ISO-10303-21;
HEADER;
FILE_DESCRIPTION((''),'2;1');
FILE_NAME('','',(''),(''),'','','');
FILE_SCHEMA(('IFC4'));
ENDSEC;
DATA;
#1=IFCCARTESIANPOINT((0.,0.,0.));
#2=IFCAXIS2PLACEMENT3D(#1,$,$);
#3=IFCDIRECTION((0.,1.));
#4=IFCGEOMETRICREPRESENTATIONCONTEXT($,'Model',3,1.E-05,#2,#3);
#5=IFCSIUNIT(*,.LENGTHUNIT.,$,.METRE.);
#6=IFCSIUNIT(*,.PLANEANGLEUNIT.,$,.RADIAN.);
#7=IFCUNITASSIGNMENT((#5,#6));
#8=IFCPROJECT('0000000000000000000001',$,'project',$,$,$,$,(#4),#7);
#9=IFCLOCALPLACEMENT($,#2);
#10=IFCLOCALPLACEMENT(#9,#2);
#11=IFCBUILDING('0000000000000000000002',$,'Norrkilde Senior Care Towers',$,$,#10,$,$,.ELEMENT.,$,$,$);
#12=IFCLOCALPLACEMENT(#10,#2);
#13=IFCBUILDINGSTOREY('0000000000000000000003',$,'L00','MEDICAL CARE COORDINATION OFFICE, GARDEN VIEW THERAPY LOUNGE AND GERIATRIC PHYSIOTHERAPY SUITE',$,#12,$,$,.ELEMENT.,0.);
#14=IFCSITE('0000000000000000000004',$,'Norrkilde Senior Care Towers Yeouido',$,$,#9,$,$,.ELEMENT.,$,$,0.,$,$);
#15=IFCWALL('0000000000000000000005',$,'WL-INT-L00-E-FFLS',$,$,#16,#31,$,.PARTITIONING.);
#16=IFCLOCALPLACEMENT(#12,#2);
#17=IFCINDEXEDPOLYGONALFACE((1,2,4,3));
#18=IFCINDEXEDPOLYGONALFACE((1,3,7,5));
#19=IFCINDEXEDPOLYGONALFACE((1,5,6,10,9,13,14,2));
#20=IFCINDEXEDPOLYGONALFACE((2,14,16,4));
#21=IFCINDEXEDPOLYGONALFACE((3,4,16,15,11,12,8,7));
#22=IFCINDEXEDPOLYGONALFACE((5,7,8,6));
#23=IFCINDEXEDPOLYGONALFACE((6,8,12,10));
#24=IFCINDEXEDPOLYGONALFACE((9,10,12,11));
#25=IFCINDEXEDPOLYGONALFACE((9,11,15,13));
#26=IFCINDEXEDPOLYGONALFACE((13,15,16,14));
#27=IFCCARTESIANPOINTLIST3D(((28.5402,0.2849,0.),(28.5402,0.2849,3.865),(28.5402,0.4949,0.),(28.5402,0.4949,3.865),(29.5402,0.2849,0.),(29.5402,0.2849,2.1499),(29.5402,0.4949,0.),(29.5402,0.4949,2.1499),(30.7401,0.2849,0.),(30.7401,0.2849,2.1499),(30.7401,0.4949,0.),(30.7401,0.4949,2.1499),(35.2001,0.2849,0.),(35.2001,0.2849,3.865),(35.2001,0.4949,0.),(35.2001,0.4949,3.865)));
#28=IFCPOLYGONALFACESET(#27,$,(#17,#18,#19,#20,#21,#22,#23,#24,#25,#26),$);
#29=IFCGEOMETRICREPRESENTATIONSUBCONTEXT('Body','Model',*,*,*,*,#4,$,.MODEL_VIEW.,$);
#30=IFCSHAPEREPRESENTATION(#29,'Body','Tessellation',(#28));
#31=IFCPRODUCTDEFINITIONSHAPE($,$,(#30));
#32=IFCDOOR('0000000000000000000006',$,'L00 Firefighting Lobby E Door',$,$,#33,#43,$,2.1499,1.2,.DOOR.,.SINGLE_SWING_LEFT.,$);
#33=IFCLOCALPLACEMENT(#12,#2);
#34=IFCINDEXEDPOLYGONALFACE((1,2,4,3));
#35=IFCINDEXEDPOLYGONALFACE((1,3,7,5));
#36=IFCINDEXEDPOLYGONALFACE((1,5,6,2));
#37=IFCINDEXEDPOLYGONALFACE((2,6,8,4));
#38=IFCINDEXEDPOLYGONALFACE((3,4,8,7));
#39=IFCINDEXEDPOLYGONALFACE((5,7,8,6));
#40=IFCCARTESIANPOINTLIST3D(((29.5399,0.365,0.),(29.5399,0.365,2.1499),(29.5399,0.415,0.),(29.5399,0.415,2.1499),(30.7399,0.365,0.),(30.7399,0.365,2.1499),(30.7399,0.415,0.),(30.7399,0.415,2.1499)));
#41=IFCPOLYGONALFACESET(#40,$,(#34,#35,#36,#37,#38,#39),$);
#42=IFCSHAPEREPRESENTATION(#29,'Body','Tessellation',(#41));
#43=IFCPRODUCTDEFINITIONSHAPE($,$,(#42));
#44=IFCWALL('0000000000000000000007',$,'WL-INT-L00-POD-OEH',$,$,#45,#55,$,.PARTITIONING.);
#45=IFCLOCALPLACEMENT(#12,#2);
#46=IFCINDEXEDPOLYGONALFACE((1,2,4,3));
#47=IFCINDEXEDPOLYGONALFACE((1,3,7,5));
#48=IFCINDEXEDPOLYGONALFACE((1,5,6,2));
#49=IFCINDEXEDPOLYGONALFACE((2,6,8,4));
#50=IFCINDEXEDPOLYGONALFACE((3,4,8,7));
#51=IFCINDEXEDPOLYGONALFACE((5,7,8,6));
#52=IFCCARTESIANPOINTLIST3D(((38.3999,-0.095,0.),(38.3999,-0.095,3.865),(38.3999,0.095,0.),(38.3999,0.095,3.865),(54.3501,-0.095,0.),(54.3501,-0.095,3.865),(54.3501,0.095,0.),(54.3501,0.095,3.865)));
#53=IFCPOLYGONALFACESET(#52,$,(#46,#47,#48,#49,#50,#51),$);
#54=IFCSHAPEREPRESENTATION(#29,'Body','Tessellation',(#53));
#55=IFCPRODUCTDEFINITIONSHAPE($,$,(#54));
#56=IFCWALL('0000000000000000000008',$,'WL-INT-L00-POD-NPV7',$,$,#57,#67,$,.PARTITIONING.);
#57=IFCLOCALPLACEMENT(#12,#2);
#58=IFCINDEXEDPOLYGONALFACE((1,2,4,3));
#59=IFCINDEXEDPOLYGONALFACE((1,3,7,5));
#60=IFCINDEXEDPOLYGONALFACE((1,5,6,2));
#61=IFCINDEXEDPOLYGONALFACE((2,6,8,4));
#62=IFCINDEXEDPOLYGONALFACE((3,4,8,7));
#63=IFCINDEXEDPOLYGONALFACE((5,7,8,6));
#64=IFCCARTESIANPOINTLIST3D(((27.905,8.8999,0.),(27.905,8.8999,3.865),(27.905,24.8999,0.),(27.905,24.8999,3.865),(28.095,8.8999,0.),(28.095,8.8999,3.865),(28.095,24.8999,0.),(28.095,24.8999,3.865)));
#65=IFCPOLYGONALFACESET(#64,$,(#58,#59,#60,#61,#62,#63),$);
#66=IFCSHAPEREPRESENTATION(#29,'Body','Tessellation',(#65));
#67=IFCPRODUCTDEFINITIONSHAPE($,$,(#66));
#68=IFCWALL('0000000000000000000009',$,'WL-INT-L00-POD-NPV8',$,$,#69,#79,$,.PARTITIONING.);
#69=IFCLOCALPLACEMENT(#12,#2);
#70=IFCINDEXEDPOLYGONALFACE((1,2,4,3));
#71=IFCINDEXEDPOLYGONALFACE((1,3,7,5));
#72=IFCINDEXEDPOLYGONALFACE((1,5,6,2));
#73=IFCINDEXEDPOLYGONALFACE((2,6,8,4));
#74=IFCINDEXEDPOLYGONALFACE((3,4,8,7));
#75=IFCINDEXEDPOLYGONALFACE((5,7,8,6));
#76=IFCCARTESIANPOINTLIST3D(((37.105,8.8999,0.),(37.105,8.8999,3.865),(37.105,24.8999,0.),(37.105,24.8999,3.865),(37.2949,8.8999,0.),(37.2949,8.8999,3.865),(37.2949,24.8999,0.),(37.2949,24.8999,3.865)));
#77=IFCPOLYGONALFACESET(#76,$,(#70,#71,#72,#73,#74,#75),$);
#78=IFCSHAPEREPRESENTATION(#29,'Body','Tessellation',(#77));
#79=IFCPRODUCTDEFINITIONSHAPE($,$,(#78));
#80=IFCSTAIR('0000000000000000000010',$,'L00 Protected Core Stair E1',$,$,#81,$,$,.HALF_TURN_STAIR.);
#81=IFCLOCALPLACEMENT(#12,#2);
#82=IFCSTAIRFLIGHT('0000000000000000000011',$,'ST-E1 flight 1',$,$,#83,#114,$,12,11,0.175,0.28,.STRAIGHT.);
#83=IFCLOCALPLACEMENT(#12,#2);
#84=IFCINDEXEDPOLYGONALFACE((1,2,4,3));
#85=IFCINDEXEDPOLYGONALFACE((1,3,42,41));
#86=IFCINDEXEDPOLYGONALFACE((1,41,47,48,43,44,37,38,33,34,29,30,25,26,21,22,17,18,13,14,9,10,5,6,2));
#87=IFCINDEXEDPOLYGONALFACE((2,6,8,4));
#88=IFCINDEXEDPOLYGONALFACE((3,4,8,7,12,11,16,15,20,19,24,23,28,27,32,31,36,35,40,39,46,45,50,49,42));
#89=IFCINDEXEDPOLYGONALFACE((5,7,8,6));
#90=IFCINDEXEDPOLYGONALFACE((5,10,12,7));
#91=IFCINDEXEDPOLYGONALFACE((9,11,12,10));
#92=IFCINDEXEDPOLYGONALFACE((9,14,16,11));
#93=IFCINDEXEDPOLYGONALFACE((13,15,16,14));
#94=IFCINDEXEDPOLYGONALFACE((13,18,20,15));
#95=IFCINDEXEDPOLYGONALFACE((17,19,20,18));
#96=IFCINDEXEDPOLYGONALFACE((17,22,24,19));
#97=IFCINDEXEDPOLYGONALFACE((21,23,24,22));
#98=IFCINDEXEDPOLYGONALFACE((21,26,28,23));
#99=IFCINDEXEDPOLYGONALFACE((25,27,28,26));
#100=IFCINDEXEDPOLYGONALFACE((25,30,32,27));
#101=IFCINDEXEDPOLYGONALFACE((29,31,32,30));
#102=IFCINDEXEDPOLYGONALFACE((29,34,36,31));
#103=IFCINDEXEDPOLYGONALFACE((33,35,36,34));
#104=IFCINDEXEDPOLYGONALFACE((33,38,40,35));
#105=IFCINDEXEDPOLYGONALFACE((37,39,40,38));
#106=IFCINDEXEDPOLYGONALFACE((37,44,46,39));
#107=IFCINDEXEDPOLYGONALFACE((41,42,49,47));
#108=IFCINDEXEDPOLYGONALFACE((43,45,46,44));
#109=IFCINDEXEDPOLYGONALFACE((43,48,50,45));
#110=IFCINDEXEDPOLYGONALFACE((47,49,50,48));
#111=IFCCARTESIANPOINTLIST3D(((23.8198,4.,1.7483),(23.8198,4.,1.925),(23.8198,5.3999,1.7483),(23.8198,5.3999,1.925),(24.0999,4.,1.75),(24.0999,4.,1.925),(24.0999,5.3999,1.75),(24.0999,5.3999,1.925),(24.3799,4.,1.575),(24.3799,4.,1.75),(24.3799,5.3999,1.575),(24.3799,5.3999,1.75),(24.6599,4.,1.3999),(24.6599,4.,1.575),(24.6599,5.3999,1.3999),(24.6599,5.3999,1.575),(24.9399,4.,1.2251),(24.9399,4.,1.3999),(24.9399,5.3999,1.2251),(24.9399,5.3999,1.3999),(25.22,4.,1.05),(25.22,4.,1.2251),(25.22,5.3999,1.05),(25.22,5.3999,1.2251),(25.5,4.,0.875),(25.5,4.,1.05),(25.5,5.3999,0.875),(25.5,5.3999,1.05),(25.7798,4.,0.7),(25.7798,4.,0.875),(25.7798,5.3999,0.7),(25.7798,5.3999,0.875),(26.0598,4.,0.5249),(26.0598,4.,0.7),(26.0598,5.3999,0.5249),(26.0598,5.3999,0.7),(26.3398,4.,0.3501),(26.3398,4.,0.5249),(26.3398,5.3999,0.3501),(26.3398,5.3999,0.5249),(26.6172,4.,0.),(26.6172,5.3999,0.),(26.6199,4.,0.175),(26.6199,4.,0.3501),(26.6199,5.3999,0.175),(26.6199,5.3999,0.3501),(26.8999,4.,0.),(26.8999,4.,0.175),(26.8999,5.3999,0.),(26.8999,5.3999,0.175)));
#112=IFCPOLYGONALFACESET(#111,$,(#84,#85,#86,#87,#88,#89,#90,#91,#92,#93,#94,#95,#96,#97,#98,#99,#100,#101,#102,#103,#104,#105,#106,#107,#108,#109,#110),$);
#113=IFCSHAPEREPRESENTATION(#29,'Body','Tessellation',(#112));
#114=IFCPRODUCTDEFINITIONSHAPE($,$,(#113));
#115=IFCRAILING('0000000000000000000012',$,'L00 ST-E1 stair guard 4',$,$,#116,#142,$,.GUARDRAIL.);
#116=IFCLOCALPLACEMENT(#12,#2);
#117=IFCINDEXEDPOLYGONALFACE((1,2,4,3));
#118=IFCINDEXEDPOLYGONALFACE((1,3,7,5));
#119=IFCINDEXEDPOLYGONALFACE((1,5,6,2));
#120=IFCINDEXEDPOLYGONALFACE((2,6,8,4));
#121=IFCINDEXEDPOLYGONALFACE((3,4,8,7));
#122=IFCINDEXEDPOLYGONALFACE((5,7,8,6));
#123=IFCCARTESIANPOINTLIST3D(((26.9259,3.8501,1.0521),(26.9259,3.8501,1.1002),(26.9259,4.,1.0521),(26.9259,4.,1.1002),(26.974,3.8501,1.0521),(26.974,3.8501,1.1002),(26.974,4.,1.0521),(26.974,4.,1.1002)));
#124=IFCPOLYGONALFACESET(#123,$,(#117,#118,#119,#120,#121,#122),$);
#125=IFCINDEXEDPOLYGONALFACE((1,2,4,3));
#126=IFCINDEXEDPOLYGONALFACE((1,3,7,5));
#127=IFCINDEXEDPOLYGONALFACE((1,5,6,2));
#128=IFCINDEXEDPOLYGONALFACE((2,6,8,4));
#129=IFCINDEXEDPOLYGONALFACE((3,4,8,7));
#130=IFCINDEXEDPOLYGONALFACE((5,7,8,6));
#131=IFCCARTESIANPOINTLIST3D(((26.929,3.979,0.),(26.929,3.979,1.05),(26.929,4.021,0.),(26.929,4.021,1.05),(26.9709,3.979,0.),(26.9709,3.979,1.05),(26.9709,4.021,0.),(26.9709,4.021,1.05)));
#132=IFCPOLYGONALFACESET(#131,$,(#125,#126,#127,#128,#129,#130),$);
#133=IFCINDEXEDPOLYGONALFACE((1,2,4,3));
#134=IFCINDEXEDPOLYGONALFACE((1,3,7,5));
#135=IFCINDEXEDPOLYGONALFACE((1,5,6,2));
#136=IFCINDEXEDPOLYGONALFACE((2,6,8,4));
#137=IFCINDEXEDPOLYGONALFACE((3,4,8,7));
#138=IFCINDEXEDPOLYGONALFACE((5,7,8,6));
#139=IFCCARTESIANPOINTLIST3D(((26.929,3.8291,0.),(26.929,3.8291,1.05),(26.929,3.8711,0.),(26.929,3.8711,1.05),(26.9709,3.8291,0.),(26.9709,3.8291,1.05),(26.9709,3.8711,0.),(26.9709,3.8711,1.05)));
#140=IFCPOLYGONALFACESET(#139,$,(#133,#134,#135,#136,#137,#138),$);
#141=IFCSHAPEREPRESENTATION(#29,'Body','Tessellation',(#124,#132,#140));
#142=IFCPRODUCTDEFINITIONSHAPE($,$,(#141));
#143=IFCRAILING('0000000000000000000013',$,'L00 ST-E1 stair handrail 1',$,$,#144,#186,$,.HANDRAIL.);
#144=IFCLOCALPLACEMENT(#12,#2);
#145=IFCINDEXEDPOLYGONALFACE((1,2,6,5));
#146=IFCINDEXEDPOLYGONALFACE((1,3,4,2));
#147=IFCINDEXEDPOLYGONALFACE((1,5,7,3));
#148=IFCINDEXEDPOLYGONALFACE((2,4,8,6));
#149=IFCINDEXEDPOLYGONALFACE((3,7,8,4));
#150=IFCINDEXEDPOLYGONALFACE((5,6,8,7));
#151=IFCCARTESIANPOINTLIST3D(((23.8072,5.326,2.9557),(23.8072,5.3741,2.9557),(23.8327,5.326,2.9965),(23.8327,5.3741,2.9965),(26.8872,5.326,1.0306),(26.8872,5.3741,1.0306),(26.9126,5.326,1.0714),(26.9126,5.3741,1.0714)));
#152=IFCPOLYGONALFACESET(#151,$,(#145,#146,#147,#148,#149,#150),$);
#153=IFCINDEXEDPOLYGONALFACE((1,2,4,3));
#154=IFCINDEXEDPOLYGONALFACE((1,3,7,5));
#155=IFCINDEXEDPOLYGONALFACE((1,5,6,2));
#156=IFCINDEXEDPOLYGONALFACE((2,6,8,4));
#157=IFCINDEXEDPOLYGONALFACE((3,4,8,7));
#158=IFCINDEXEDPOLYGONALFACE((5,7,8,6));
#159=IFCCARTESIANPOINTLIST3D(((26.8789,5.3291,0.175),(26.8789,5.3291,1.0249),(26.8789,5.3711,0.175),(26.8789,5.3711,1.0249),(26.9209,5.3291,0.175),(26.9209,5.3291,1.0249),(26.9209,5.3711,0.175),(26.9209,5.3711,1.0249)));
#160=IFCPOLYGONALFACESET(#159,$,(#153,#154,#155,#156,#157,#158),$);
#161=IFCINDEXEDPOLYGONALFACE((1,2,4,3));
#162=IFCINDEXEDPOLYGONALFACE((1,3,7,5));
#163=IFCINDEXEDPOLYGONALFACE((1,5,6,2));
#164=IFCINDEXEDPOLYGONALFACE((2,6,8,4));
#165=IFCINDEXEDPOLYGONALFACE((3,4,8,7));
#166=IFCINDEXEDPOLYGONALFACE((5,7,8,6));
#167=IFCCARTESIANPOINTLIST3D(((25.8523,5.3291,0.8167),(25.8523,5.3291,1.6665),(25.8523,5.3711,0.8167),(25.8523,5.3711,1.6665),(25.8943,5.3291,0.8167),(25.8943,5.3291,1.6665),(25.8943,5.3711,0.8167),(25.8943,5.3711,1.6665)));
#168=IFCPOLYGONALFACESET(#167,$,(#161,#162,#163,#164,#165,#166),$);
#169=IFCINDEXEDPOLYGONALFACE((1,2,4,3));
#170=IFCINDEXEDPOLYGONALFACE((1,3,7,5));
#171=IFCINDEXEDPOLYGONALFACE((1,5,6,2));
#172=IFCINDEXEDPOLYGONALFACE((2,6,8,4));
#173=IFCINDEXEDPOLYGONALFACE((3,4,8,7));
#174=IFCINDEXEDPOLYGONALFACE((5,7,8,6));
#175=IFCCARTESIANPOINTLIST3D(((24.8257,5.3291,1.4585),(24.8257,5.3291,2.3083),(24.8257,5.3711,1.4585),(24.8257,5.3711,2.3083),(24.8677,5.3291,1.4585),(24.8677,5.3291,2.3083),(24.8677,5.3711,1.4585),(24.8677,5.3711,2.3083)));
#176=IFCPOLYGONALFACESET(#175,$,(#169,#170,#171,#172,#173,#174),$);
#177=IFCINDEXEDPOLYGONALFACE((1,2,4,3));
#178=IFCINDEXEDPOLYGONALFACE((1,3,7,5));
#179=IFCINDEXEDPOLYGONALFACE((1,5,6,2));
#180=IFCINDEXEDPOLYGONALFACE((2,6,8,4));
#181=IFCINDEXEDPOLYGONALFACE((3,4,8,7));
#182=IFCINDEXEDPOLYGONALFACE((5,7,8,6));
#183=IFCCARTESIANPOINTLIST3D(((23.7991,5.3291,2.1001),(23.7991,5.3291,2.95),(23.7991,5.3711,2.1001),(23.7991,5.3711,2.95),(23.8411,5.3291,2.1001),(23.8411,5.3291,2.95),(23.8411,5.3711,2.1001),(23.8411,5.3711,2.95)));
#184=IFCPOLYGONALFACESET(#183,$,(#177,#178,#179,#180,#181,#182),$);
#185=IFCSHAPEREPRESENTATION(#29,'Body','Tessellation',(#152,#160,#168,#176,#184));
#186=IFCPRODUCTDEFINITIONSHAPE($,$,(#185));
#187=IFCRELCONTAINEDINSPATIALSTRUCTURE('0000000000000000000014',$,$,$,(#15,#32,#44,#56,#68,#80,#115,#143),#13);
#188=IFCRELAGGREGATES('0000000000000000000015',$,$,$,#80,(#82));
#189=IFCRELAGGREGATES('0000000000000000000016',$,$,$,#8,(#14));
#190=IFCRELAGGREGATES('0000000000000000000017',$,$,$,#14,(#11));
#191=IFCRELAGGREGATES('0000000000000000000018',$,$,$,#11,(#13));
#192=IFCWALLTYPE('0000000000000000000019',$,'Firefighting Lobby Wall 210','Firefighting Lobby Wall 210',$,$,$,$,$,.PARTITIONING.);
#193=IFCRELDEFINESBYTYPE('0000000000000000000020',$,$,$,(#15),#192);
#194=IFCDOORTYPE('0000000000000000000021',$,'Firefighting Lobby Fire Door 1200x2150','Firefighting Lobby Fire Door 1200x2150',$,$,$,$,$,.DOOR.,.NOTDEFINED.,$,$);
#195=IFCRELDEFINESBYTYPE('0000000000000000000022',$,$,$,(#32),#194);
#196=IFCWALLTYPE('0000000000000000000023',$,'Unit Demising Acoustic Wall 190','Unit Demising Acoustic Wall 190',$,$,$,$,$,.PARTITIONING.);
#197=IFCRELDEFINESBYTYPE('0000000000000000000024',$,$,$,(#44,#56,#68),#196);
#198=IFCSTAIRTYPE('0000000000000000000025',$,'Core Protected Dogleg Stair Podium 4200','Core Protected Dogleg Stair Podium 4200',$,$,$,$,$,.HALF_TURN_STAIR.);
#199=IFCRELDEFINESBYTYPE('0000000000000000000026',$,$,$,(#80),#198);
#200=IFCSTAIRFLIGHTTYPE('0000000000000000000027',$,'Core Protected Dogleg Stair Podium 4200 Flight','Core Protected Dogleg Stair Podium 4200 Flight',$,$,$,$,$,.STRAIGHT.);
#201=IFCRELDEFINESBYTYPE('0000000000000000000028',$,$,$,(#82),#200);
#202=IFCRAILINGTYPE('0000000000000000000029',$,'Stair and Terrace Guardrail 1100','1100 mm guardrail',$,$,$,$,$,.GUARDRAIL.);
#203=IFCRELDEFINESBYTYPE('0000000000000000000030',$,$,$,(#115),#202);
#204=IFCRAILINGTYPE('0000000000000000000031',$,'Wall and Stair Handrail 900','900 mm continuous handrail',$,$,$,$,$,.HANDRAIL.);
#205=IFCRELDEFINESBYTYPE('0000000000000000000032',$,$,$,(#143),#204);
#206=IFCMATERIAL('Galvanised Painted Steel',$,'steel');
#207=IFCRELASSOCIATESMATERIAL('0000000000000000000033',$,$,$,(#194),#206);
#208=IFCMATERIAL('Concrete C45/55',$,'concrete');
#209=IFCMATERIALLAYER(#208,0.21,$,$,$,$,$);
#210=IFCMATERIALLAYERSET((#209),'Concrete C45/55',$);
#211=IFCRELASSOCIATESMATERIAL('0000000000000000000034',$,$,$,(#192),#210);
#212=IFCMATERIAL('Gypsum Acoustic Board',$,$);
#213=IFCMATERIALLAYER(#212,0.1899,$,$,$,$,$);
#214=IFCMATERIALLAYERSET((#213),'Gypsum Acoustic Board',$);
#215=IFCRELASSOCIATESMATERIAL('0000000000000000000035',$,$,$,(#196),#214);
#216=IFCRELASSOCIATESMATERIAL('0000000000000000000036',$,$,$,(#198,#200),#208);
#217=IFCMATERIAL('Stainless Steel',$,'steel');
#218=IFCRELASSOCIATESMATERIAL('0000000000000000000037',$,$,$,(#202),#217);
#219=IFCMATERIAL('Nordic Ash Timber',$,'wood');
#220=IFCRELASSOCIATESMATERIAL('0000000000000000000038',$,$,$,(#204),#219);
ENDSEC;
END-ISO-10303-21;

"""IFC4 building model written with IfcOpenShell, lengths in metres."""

from ifc_helpers import new_model, si_unit, direction, frame, frame_2d, origin, origin_2d, place, context, subcontext, project, spatial, polyline, rectangle, outline, extrude, source, transform, mapped, material, layer, layer_set, type_object, type_shapes, element, fill, aggregate, save


model = new_model("IFC4")

# Units and contexts
model_context = context("Model", 3, precision=1e-05, world=origin(), true_north=direction((0.0, 1.0)))
body_context = subcontext(model_context, "Body", "Model", "MODEL_VIEW")
ifc_project = project(units=[si_unit("LENGTHUNIT", "METRE"), si_unit("PLANEANGLEUNIT", "RADIAN")], contexts=[model_context])

# Site, building, storey
site_placement = place(None, origin())
site = spatial("IfcSite", under=ifc_project, at=site_placement, Name="Norrkilde Senior Care Towers Yeouido", CompositionType="ELEMENT", RefElevation=0.0)
building_placement = place(site_placement, origin())
building = spatial("IfcBuilding", under=site, at=building_placement, Name="Norrkilde Senior Care Towers", CompositionType="ELEMENT")
storey_placement = place(building_placement, origin())
storey = spatial("IfcBuildingStorey", under=building, at=storey_placement, Name="L00", Description="MEDICAL CARE COORDINATION OFFICE, GARDEN VIEW THERAPY LOUNGE AND GERIATRIC PHYSIOTHERAPY SUITE", CompositionType="ELEMENT", Elevation=0.0)

# Shared definitions
ifc_material_1 = material(Name="Galvanised Painted Steel", Category="steel")
door_type_1 = type_object("IfcDoorType", Name="Firefighting Lobby Fire Door 1200x2150", Description="Firefighting Lobby Fire Door 1200x2150", OperationType="NOTDEFINED", PredefinedType="DOOR", material=ifc_material_1)
shared_shape_1 = source(origin(), body_context, "Body", "SweptSolid", [
    extrude(rectangle(XDim=1.2, YDim=2.1499, at=frame_2d((0.6001, 1.075))), frame((0.0, 0.0249, 0.0), z_axis=(0.0, -1.0, 0.0), x_axis=(1.0, 0.0, 0.0)), (0.0, 0.0, 1.0), 0.05),
])
type_shapes(door_type_1, [shared_shape_1])

# Shared definitions
ifc_material_2 = material(Name="Concrete C45/55", Category="concrete")

# Shared definitions
ifc_material_3 = material(Name="Stainless Steel", Category="steel")

# Wall, opening, door
ifc_layer_1 = layer(ifc_material_2, 0.21)
ifc_layer_set_1 = layer_set([ifc_layer_1], Name="Concrete C45/55")
wall_type_1 = type_object("IfcWallType", Name="Firefighting Lobby Wall 210", Description="Firefighting Lobby Wall 210", PredefinedType="PARTITIONING", material=ifc_layer_set_1)
shared_shape_2 = source(origin(), body_context, "Body", "SweptSolid", [
    extrude(rectangle(XDim=6.6599, YDim=0.21, at=frame_2d((3.3301, 0.0))), origin(), (0.0, 0.0, 1.0), 3.865),
])
type_shapes(wall_type_1, [shared_shape_2])
wall_1_placement = place(storey_placement, frame((28.54, 0.3899, 0.0), z_axis=(0.0, 0.0, 1.0), x_axis=(1.0, 0.0, 0.0)))
wall_1 = element("IfcWall", 1, at=wall_1_placement, inside=storey, type_object=wall_type_1, Name="WL-INT-L00-E-FFLS", PredefinedType="PARTITIONING", context=body_context, shape_type="MappedRepresentation", body=[
    mapped(shared_shape_2, transform((0.0, 0.0, 0.0), x_axis=(1.0, 0.0, 0.0), y_axis=(0.0, 1.0, 0.0), z_axis=(0.0, 0.0, 1.0), scale=1.0)),
])
opening_1_placement = place(wall_1_placement, frame((1.0, 0.0, 0.0)))
opening_1 = element("IfcOpeningElement", 2, at=opening_1_placement, cuts=wall_1, PredefinedType="OPENING", context=body_context, shape_type="SweptSolid", body=[
    extrude(rectangle(XDim=1.2, YDim=2.1499, at=frame_2d((0.6001, 1.075))), frame((0.0, 0.115, 0.0), z_axis=(0.0, -1.0, 0.0), x_axis=(1.0, 0.0, 0.0)), (0.0, 0.0, 1.0), 0.23),
])
door_1_placement = place(opening_1_placement, frame((1.2, 0.0, 0.0), z_axis=(0.0, 0.0, 1.0), x_axis=(-1.0, 0.0, 0.0)))
door_1 = element("IfcDoor", 3, at=door_1_placement, inside=storey, type_object=door_type_1, Name="L00 Firefighting Lobby E Door", OperationType="SINGLE_SWING_LEFT", OverallHeight=2.1499, OverallWidth=1.2, PredefinedType="DOOR", context=body_context, shape_type="MappedRepresentation", body=[
    mapped(shared_shape_1, transform((0.0, 0.0, 0.0), x_axis=(1.0, 0.0, 0.0), y_axis=(0.0, 1.0, 0.0), z_axis=(0.0, 0.0, 1.0), scale=1.0)),
])
fill(opening_1, door_1)

# Walls
ifc_material_4 = material(Name="Gypsum Acoustic Board")
ifc_layer_2 = layer(ifc_material_4, 0.1899)
ifc_layer_set_2 = layer_set([ifc_layer_2], Name="Gypsum Acoustic Board")
wall_type_2 = type_object("IfcWallType", Name="Unit Demising Acoustic Wall 190", Description="Unit Demising Acoustic Wall 190", PredefinedType="PARTITIONING", material=ifc_layer_set_2)
shared_shape_3 = source(origin(), body_context, "Body", "SweptSolid", [
    extrude(rectangle(XDim=15.9502, YDim=0.1899, at=frame_2d((7.9751, 0.0))), origin(), (0.0, 0.0, 1.0), 3.865),
])
wall_2_placement = place(storey_placement, frame((38.3999, 0.0, 0.0), z_axis=(0.0, 0.0, 1.0), x_axis=(1.0, 0.0, 0.0)))
element("IfcWall", 4, at=wall_2_placement, inside=storey, type_object=wall_type_2, Name="WL-INT-L00-POD-OEH", PredefinedType="PARTITIONING", context=body_context, shape_type="MappedRepresentation", body=[
    mapped(shared_shape_3, transform((0.0, 0.0, 0.0), x_axis=(1.0, 0.0, 0.0), y_axis=(0.0, 1.0, 0.0), z_axis=(0.0, 0.0, 1.0), scale=1.0)),
])
shared_shape_4 = source(origin(), body_context, "Body", "SweptSolid", [
    extrude(rectangle(XDim=16.0, YDim=0.1899, at=frame_2d((8.0, 0.0))), origin(), (0.0, 0.0, 1.0), 3.865),
])
type_shapes(wall_type_2, [shared_shape_3, shared_shape_4])
for number, where, z_axis, x_axis, name in (
    (5, (28.0, 8.8999, 0.0), (0.0, 0.0, 1.0), (0.0, 1.0, 0.0), "WL-INT-L00-POD-NPV7"),
    (6, (37.2, 8.8999, 0.0), (0.0, 0.0, 1.0), (0.0, 1.0, 0.0), "WL-INT-L00-POD-NPV8"),
):
    element("IfcWall", number, at=place(storey_placement, frame(where, z_axis=z_axis, x_axis=x_axis)), inside=storey, type_object=wall_type_2, Name=name, PredefinedType="PARTITIONING", context=body_context, shape_type="MappedRepresentation", body=[
        mapped(shared_shape_4, transform((0.0, 0.0, 0.0), x_axis=(1.0, 0.0, 0.0), y_axis=(0.0, 1.0, 0.0), z_axis=(0.0, 0.0, 1.0), scale=1.0)),
    ])

# Stair, stair flight
stair_type = type_object("IfcStairType", Name="Core Protected Dogleg Stair Podium 4200", Description="Core Protected Dogleg Stair Podium 4200", PredefinedType="HALF_TURN_STAIR", material=ifc_material_2)
stair_placement = place(storey_placement, origin())
stair = element("IfcStair", 7, at=stair_placement, inside=storey, type_object=stair_type, Name="L00 Protected Core Stair E1", PredefinedType="HALF_TURN_STAIR")
stair_flight_type = type_object("IfcStairFlightType", Name="Core Protected Dogleg Stair Podium 4200 Flight", Description="Core Protected Dogleg Stair Podium 4200 Flight", PredefinedType="STRAIGHT", material=ifc_material_2)
stair_flight_placement = place(storey_placement, frame((26.8999, 4.7, 0.0), z_axis=(0.0, 0.0, 1.0), x_axis=(-1.0, 0.0, 0.0)))
stair_flight = element("IfcStairFlight", 8, at=stair_flight_placement, type_object=stair_flight_type, Name="ST-E1 flight 1", NumberOfRisers=12, NumberOfTreads=11, PredefinedType="STRAIGHT", RiserHeight=0.175, TreadLength=0.28, context=body_context, shape_type="SweptSolid", body=[
    extrude(outline(polyline([(0.0, 0.0), (0.0, 0.175), (0.28, 0.175), (0.28, 0.3501), (0.5601, 0.3501), (0.5601, 0.5249), (0.8401, 0.5249), (0.8401, 0.7), (1.1201, 0.7), (1.1201, 0.875), (1.3999, 0.875), (1.3999, 1.05), (1.6799, 1.05), (1.6799, 1.2251), (1.96, 1.2251), (1.96, 1.3999), (2.24, 1.3999), (2.24, 1.575), (2.52, 1.575), (2.52, 1.75), (2.8, 1.75), (2.8, 1.925), (3.0801, 1.925), (3.0801, 2.1001), (3.0801, 1.7483), (0.2827, 0.0), (0.0, 0.0)])), frame((0.0, 0.7, 0.0), z_axis=(0.0, -1.0, 0.0), x_axis=(1.0, 0.0, 0.0)), (0.0, 0.0, 1.0), 1.3999),
])
aggregate(stair, [stair_flight])

# Railings
railing_type_1 = type_object("IfcRailingType", Name="Stair and Terrace Guardrail 1100", Description="1100 mm guardrail", PredefinedType="GUARDRAIL", material=ifc_material_3)
railing_1_placement = place(storey_placement, frame((26.95, 4.0, 0.0)))
element("IfcRailing", 9, at=railing_1_placement, inside=storey, type_object=railing_type_1, Name="L00 ST-E1 stair guard 4", PredefinedType="GUARDRAIL", context=body_context, shape_type="SweptSolid", body=[
    extrude(rectangle(XDim=0.0481, YDim=0.0481, at=origin_2d()), frame((0.0, 0.0, 1.0762), z_axis=(0.0, -1.0, 0.0), x_axis=(1.0, 0.0, 0.0)), (0.0, 0.0, 1.0), 0.1499),
    extrude(rectangle(XDim=0.042, YDim=0.042, at=origin_2d()), origin(), (0.0, 0.0, 1.0), 1.05),
    extrude(rectangle(XDim=0.042, YDim=0.042, at=origin_2d()), frame((0.0, -0.1499, 0.0)), (0.0, 0.0, 1.0), 1.05),
])
ifc_material_5 = material(Name="Nordic Ash Timber", Category="wood")
railing_type_2 = type_object("IfcRailingType", Name="Wall and Stair Handrail 900", Description="900 mm continuous handrail", PredefinedType="HANDRAIL", material=ifc_material_5)
railing_2_placement = place(storey_placement, frame((26.8999, 5.3501, 0.175)))
element("IfcRailing", 10, at=railing_2_placement, inside=storey, type_object=railing_type_2, Name="L00 ST-E1 stair handrail 1", PredefinedType="HANDRAIL", context=body_context, shape_type="SweptSolid", body=[
    extrude(rectangle(XDim=0.0481, YDim=0.0481, at=origin_2d()), frame((0.0, 0.0, 0.876), z_axis=(-0.847979, 0.0, 0.530029), x_axis=(0.0, -1.0, 0.0)), (0.0, 0.0, 1.0), 3.6321),
    extrude(rectangle(XDim=0.042, YDim=0.042, at=origin_2d()), origin(), (0.0, 0.0, 1.0), 0.8499),
    extrude(rectangle(XDim=0.042, YDim=0.042, at=origin_2d()), frame((-1.0266, 0.0, 0.6416)), (0.0, 0.0, 1.0), 0.8499),
    extrude(rectangle(XDim=0.042, YDim=0.042, at=origin_2d()), frame((-2.0532, 0.0, 1.2834)), (0.0, 0.0, 1.0), 0.8499),
    extrude(rectangle(XDim=0.042, YDim=0.042, at=origin_2d()), frame((-3.0798, 0.0, 1.925)), (0.0, 0.0, 1.0), 0.8499),
])

save(model, "model.ifc")
